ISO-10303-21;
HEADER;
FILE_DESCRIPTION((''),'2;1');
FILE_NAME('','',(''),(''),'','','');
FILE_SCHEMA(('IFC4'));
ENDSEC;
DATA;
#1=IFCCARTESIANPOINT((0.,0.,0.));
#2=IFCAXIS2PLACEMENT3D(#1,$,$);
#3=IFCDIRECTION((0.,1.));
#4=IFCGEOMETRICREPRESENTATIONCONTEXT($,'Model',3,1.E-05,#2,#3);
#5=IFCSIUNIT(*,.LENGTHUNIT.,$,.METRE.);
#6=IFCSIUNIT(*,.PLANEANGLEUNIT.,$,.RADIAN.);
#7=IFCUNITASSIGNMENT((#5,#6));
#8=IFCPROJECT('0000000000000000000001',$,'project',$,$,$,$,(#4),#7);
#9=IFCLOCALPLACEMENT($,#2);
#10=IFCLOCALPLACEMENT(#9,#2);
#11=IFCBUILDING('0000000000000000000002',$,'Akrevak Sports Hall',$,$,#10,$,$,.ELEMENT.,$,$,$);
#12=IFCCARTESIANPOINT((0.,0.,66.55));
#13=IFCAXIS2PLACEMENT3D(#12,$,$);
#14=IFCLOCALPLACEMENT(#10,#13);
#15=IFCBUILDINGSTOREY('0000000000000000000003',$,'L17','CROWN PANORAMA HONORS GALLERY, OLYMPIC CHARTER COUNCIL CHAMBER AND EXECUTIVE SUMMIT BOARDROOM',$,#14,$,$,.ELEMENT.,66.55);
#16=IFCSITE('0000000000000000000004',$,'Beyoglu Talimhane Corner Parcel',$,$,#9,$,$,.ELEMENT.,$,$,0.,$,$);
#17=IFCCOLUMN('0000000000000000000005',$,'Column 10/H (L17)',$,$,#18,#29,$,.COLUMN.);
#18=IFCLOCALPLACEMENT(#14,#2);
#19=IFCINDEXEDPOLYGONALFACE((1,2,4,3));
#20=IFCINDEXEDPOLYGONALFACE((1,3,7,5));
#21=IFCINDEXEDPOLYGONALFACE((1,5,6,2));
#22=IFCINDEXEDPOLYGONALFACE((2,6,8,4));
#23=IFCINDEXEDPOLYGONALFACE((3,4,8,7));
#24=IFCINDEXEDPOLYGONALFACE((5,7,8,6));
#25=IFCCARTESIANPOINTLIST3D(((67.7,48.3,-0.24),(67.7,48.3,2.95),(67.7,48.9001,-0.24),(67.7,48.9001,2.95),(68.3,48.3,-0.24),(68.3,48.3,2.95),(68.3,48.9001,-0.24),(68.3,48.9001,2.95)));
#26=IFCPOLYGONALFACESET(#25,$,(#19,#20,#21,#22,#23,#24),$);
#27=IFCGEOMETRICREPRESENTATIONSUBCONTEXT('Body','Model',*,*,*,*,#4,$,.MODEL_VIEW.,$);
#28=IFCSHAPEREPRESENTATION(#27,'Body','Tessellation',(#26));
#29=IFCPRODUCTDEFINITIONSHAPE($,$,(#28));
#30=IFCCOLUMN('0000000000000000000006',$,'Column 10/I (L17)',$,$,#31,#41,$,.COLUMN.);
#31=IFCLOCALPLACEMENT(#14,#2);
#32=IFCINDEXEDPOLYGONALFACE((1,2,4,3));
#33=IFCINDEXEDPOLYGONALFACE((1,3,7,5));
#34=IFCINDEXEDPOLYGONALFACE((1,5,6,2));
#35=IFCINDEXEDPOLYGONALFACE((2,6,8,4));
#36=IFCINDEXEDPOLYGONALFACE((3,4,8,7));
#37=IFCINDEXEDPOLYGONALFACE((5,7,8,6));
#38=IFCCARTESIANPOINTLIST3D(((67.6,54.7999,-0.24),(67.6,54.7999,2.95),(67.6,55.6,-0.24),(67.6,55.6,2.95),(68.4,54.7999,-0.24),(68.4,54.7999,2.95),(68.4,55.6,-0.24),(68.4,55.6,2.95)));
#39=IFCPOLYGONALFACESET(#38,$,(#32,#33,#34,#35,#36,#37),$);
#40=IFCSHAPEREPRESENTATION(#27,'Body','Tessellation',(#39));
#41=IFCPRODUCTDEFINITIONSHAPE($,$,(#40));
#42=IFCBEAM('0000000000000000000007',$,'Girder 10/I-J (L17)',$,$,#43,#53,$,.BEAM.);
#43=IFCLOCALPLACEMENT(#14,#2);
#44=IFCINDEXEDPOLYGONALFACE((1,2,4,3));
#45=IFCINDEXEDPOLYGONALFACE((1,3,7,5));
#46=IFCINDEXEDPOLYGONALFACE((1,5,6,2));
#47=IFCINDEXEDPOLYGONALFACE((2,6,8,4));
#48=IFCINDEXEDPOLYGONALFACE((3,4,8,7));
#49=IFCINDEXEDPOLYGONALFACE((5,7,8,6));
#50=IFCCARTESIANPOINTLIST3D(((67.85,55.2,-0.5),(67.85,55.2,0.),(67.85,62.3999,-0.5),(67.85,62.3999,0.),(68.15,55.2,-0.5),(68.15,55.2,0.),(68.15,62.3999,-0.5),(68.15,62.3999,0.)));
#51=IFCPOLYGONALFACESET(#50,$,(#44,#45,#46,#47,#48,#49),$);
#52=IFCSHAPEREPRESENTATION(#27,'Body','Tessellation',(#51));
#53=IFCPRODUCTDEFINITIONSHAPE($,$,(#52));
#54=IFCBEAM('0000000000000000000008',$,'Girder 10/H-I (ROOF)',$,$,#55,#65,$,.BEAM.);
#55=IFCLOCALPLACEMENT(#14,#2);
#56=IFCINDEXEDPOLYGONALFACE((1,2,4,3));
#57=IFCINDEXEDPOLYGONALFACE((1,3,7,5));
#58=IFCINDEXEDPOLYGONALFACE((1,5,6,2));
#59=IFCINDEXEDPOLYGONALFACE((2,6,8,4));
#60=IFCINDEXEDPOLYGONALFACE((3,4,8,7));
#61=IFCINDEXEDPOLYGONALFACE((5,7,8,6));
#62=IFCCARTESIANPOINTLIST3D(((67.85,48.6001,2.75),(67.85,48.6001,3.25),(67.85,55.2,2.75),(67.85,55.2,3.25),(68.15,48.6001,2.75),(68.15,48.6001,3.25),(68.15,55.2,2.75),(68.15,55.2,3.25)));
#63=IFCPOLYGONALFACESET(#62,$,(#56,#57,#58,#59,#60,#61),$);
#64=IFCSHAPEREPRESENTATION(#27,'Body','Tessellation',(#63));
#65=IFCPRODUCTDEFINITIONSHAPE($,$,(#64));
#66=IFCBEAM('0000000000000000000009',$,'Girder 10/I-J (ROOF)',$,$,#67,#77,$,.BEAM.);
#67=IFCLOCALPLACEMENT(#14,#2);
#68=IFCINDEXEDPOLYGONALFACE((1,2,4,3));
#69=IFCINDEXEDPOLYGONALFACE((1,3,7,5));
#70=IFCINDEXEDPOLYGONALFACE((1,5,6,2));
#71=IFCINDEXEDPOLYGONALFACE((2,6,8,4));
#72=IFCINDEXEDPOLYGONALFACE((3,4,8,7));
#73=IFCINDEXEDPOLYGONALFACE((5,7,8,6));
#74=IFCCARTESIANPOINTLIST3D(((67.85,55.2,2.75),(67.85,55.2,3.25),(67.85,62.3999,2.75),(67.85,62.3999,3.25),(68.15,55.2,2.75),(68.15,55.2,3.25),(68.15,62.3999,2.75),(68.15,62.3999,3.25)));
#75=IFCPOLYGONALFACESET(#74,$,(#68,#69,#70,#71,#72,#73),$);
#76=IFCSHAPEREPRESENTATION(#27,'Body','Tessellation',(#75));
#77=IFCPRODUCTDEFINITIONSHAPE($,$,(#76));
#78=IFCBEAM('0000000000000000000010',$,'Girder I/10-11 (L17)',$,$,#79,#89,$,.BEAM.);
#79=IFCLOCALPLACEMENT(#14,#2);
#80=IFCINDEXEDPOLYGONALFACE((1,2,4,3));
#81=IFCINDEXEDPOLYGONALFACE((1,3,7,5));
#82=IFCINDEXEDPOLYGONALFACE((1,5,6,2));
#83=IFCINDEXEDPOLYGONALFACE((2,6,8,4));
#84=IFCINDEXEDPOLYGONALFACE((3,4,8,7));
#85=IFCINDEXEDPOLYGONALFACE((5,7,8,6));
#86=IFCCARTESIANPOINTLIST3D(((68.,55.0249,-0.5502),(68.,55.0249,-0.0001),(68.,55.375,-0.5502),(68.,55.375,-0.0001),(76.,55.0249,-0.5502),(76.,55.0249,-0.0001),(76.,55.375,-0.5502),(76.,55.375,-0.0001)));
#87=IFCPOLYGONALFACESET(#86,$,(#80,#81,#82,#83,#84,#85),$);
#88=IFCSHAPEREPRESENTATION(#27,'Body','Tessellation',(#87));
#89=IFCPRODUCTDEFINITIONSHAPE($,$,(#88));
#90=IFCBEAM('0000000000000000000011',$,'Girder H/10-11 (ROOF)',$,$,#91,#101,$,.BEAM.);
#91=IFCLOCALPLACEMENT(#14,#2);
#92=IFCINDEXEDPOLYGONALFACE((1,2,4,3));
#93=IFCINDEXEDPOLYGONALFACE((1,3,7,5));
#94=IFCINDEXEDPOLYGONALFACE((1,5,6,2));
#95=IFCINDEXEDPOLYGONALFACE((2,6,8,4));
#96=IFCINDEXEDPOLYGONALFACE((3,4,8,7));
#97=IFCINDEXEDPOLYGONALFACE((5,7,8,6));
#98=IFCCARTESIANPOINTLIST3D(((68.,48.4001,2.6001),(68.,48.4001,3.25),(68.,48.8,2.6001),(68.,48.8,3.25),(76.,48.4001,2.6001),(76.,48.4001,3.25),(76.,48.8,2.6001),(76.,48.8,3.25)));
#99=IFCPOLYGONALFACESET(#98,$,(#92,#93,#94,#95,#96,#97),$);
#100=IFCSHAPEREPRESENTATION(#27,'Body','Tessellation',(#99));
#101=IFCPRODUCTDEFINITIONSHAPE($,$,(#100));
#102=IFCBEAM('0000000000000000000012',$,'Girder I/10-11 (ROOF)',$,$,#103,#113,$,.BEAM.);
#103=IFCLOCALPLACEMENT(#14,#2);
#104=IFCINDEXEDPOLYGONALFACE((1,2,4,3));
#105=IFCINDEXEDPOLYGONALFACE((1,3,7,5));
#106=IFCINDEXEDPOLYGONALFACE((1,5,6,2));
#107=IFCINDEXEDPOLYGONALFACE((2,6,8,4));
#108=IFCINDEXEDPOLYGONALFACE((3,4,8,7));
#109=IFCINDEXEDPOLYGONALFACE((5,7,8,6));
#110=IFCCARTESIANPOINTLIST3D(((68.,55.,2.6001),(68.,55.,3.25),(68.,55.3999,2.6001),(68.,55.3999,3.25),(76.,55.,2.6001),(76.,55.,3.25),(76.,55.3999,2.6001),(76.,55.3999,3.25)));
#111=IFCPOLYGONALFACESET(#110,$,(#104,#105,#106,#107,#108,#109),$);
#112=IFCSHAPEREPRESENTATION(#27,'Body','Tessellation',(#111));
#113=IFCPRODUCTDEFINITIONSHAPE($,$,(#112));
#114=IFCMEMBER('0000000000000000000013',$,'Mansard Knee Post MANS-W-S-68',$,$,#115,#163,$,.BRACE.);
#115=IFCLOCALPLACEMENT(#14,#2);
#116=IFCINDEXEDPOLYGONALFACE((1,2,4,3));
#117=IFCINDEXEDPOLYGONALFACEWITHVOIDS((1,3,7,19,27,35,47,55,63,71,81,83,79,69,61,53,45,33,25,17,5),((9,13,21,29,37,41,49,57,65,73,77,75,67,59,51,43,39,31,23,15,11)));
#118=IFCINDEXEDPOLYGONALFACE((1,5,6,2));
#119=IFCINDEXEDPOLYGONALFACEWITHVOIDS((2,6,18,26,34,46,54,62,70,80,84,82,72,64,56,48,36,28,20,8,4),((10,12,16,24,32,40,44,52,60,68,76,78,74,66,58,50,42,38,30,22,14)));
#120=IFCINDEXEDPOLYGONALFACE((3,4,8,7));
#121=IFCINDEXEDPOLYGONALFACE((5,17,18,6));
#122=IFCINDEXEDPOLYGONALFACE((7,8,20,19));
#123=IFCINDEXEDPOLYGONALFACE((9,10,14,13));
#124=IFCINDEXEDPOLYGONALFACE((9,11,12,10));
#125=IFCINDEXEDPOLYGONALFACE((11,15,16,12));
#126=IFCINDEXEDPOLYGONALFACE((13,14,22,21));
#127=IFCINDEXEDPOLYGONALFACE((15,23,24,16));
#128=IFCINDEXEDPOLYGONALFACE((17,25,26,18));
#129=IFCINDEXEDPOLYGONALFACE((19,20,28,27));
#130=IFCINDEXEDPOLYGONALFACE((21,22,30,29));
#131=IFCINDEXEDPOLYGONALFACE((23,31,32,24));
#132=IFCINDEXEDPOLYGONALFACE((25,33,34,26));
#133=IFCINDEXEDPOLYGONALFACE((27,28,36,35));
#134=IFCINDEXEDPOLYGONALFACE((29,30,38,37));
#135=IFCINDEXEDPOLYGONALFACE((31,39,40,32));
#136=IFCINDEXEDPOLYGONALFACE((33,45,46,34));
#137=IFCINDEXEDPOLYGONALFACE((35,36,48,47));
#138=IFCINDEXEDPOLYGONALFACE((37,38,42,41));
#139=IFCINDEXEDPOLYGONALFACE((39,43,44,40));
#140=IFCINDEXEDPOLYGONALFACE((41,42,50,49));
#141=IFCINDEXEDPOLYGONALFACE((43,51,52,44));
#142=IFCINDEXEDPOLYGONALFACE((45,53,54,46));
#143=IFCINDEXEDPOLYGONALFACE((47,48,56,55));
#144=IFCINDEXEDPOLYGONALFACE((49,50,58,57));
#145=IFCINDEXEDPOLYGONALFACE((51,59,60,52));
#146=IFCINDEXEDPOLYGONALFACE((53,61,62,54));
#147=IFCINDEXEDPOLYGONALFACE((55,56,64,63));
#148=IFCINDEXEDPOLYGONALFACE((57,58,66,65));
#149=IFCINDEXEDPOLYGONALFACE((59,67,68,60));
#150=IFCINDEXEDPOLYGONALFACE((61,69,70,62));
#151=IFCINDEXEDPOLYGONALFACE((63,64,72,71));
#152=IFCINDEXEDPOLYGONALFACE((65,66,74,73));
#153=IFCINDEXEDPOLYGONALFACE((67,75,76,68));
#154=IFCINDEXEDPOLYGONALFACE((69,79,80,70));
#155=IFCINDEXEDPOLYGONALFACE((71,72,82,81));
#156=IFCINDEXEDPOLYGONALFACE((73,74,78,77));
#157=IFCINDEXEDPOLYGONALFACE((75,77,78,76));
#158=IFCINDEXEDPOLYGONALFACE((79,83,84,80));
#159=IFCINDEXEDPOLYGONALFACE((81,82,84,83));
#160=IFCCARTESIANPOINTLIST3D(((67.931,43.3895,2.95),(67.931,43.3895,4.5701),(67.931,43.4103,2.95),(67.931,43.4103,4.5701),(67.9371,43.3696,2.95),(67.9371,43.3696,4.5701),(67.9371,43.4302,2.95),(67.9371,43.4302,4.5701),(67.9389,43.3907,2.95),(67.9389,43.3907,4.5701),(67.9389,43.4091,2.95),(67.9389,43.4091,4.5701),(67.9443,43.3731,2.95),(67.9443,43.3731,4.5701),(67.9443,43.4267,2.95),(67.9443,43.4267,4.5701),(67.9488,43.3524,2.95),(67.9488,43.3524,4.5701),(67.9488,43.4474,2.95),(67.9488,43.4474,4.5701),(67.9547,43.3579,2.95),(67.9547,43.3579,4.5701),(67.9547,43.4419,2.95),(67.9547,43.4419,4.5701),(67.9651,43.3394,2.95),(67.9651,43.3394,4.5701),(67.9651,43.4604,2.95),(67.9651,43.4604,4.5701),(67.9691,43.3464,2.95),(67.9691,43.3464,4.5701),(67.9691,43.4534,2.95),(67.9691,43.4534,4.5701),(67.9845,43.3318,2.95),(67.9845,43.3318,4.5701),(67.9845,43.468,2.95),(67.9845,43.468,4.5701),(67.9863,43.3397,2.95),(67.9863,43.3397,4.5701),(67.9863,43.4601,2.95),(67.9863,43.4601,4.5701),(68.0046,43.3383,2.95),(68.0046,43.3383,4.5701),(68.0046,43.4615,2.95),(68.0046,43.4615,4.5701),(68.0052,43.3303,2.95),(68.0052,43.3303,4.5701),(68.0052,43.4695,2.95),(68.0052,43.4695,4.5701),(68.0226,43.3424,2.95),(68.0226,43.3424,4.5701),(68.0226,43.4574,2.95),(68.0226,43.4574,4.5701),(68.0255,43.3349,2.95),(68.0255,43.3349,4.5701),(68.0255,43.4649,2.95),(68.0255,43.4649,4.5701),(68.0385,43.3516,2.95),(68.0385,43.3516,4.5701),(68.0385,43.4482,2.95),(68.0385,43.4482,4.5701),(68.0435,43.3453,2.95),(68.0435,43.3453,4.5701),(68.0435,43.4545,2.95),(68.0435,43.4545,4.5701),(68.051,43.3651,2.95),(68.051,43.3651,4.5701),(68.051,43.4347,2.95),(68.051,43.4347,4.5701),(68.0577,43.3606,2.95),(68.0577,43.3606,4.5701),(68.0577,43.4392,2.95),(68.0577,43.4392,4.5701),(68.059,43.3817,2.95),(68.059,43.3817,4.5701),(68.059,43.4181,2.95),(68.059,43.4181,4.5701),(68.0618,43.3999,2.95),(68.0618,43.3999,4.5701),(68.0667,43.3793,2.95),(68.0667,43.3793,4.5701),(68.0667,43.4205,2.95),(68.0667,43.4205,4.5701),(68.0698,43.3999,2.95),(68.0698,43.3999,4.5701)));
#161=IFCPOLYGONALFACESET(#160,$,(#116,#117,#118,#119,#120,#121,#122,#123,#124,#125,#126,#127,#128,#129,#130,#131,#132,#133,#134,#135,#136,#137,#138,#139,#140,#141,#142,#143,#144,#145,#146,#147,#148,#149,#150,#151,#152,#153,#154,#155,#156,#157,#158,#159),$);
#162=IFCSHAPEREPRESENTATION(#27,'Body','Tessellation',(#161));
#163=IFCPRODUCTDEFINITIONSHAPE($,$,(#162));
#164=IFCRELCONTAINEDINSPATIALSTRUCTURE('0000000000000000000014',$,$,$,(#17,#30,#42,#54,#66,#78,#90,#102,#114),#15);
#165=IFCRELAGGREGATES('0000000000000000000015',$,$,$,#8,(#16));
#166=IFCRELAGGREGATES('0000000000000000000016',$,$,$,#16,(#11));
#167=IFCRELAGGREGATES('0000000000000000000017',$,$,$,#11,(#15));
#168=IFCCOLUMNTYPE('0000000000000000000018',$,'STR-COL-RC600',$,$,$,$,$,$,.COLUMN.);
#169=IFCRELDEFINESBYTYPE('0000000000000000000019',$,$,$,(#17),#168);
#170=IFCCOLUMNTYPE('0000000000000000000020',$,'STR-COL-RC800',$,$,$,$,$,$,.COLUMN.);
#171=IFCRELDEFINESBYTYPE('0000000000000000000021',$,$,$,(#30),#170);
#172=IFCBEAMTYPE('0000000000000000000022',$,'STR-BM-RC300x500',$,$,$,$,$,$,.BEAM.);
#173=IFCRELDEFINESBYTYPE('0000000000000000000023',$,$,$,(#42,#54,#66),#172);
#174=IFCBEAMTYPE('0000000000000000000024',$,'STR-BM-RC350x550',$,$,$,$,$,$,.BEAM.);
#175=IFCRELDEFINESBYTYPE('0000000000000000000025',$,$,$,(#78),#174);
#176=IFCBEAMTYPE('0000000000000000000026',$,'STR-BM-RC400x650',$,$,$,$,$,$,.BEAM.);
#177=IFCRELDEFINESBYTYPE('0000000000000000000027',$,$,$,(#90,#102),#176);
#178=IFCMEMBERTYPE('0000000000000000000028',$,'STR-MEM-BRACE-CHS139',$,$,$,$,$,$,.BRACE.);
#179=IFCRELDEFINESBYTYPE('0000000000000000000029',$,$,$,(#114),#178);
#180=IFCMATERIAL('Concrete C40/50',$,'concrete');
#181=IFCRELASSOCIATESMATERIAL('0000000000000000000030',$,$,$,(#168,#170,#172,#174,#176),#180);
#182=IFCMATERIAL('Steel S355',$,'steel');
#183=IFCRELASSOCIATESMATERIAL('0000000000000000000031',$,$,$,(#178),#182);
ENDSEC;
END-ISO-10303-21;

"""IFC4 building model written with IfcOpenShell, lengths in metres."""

from ifc_helpers import new_model, si_unit, direction, frame, origin, origin_2d, place, context, subcontext, project, spatial, rectangle, hollow_circle, extrude, material, material_profile, profile_set, type_object, element, save


model = new_model("IFC4")

# Units and contexts
model_context = context("Model", 3, precision=1e-05, world=origin(), true_north=direction((0.0, 1.0)))
body_context = subcontext(model_context, "Body", "Model", "MODEL_VIEW")
ifc_project = project(units=[si_unit("LENGTHUNIT", "METRE"), si_unit("PLANEANGLEUNIT", "RADIAN")], contexts=[model_context])

# Site, building, storey
site_placement = place(None, origin())
site = spatial("IfcSite", under=ifc_project, at=site_placement, Name="Beyoglu Talimhane Corner Parcel", CompositionType="ELEMENT", RefElevation=0.0)
building_placement = place(site_placement, origin())
building = spatial("IfcBuilding", under=site, at=building_placement, Name="Akrevak Sports Hall", CompositionType="ELEMENT")
storey_placement = place(building_placement, frame((0.0, 0.0, 66.55)))
storey = spatial("IfcBuildingStorey", under=building, at=storey_placement, Name="L17", Description="CROWN PANORAMA HONORS GALLERY, OLYMPIC CHARTER COUNCIL CHAMBER AND EXECUTIVE SUMMIT BOARDROOM", CompositionType="ELEMENT", Elevation=66.55)

# Columns
ifc_material_1 = material(Name="Concrete C40/50", Category="concrete")
ifc_material_profile_1 = material_profile(ifc_material_1, rectangle(XDim=0.6001, YDim=0.6001, at=origin_2d()), Name="RC 600x600", Category="concrete")
ifc_profile_set_1 = profile_set([ifc_material_profile_1], Name="Concrete C40/50")
column_type_1 = type_object("IfcColumnType", Name="STR-COL-RC600", PredefinedType="COLUMN", material=ifc_profile_set_1)
column_1_placement = place(storey_placement, frame((68.0, 48.6001, -0.24), z_axis=(0.0, 0.0, 1.0), x_axis=(1.0, 0.0, 0.0)))
element("IfcColumn", 1, at=column_1_placement, inside=storey, type_object=column_type_1, Name="Column 10/H (L17)", PredefinedType="COLUMN", context=body_context, shape_type="SweptSolid", body=[
    extrude(rectangle(XDim=0.6001, YDim=0.6001, at=origin_2d()), origin(), (0.0, 0.0, 1.0), 3.1899),
])
ifc_material_profile_2 = material_profile(ifc_material_1, rectangle(XDim=0.8, YDim=0.8, at=origin_2d()), Name="RC 800x800", Category="concrete")
ifc_profile_set_2 = profile_set([ifc_material_profile_2], Name="Concrete C40/50")
column_type_2 = type_object("IfcColumnType", Name="STR-COL-RC800", PredefinedType="COLUMN", material=ifc_profile_set_2)
column_2_placement = place(storey_placement, frame((68.0, 55.2, -0.24), z_axis=(0.0, 0.0, 1.0), x_axis=(1.0, 0.0, 0.0)))
element("IfcColumn", 2, at=column_2_placement, inside=storey, type_object=column_type_2, Name="Column 10/I (L17)", PredefinedType="COLUMN", context=body_context, shape_type="SweptSolid", body=[
    extrude(rectangle(XDim=0.8, YDim=0.8, at=origin_2d()), origin(), (0.0, 0.0, 1.0), 3.1899),
])

# Beams
ifc_material_profile_3 = material_profile(ifc_material_1, rectangle(XDim=0.3, YDim=0.5, at=origin_2d()), Name="BM 300x500", Category="concrete")
ifc_profile_set_3 = profile_set([ifc_material_profile_3], Name="Concrete C40/50")
beam_type_1 = type_object("IfcBeamType", Name="STR-BM-RC300x500", PredefinedType="BEAM", material=ifc_profile_set_3)
beam_1_placement = place(storey_placement, frame((68.0, 55.2, -0.25), z_axis=(0.0, 1.0, 0.0), x_axis=(-1.0, 0.0, 0.0)))
element("IfcBeam", 3, at=beam_1_placement, inside=storey, type_object=beam_type_1, Name="Girder 10/I-J (L17)", PredefinedType="BEAM", context=body_context, shape_type="SweptSolid", body=[
    extrude(rectangle(XDim=0.3, YDim=0.5, at=origin_2d()), origin(), (0.0, 0.0, 1.0), 7.2),
])
beam_2_placement = place(storey_placement, frame((68.0, 48.6001, 3.0), z_axis=(0.0, 1.0, 0.0), x_axis=(-1.0, 0.0, 0.0)))
element("IfcBeam", 4, at=beam_2_placement, inside=storey, type_object=beam_type_1, Name="Girder 10/H-I (ROOF)", PredefinedType="BEAM", context=body_context, shape_type="SweptSolid", body=[
    extrude(rectangle(XDim=0.3, YDim=0.5, at=origin_2d()), origin(), (0.0, 0.0, 1.0), 6.5999),
])
beam_3_placement = place(storey_placement, frame((68.0, 55.2, 3.0), z_axis=(0.0, 1.0, 0.0), x_axis=(-1.0, 0.0, 0.0)))
element("IfcBeam", 5, at=beam_3_placement, inside=storey, type_object=beam_type_1, Name="Girder 10/I-J (ROOF)", PredefinedType="BEAM", context=body_context, shape_type="SweptSolid", body=[
    extrude(rectangle(XDim=0.3, YDim=0.5, at=origin_2d()), origin(), (0.0, 0.0, 1.0), 7.2),
])
ifc_material_profile_4 = material_profile(ifc_material_1, rectangle(XDim=0.3501, YDim=0.55, at=origin_2d()), Name="BM 350x550", Category="concrete")
ifc_profile_set_4 = profile_set([ifc_material_profile_4], Name="Concrete C40/50")
beam_type_2 = type_object("IfcBeamType", Name="STR-BM-RC350x550", PredefinedType="BEAM", material=ifc_profile_set_4)
beam_4_placement = place(storey_placement, frame((68.0, 55.2, -0.2751), z_axis=(1.0, 0.0, 0.0), x_axis=(0.0, 1.0, 0.0)))
element("IfcBeam", 6, at=beam_4_placement, inside=storey, type_object=beam_type_2, Name="Girder I/10-11 (L17)", PredefinedType="BEAM", context=body_context, shape_type="SweptSolid", body=[
    extrude(rectangle(XDim=0.3501, YDim=0.55, at=origin_2d()), origin(), (0.0, 0.0, 1.0), 8.0),
])
ifc_material_profile_5 = material_profile(ifc_material_1, rectangle(XDim=0.3999, YDim=0.6499, at=origin_2d()), Name="BM 400x650", Category="concrete")
ifc_profile_set_5 = profile_set([ifc_material_profile_5], Name="Concrete C40/50")
beam_type_3 = type_object("IfcBeamType", Name="STR-BM-RC400x650", PredefinedType="BEAM", material=ifc_profile_set_5)
for number, where, z_axis, x_axis, name in (
    (7, (68.0, 48.6001, 2.925), (1.0, 0.0, 0.0), (0.0, 1.0, 0.0), "Girder H/10-11 (ROOF)"),
    (8, (68.0, 55.2, 2.925), (1.0, 0.0, 0.0), (0.0, 1.0, 0.0), "Girder I/10-11 (ROOF)"),
):
    element("IfcBeam", number, at=place(storey_placement, frame(where, z_axis=z_axis, x_axis=x_axis)), inside=storey, type_object=beam_type_3, Name=name, PredefinedType="BEAM", context=body_context, shape_type="SweptSolid", body=[
        extrude(rectangle(XDim=0.3999, YDim=0.6499, at=origin_2d()), origin(), (0.0, 0.0, 1.0), 8.0),
    ])

# Member
ifc_material_2 = material(Name="Steel S355", Category="steel")
ifc_material_profile_6 = material_profile(ifc_material_2, hollow_circle(Radius=0.0698, WallThickness=0.0081, at=origin_2d()), Name="CHS 139.7x8", Category="steel")
ifc_profile_set_6 = profile_set([ifc_material_profile_6], Name="Steel S355")
member_type = type_object("IfcMemberType", Name="STR-MEM-BRACE-CHS139", PredefinedType="BRACE", material=ifc_profile_set_6)
member_placement = place(storey_placement, frame((68.0, 43.3999, 2.95), z_axis=(0.0, 0.0, 1.0), x_axis=(1.0, 0.0, 0.0)))
element("IfcMember", 9, at=member_placement, inside=storey, type_object=member_type, Name="Mansard Knee Post MANS-W-S-68", PredefinedType="BRACE", context=body_context, shape_type="SweptSolid", body=[
    extrude(hollow_circle(Radius=0.0698, WallThickness=0.0081, at=origin_2d()), origin(), (0.0, 0.0, 1.0), 1.6201),
])

save(model, "model.ifc")
